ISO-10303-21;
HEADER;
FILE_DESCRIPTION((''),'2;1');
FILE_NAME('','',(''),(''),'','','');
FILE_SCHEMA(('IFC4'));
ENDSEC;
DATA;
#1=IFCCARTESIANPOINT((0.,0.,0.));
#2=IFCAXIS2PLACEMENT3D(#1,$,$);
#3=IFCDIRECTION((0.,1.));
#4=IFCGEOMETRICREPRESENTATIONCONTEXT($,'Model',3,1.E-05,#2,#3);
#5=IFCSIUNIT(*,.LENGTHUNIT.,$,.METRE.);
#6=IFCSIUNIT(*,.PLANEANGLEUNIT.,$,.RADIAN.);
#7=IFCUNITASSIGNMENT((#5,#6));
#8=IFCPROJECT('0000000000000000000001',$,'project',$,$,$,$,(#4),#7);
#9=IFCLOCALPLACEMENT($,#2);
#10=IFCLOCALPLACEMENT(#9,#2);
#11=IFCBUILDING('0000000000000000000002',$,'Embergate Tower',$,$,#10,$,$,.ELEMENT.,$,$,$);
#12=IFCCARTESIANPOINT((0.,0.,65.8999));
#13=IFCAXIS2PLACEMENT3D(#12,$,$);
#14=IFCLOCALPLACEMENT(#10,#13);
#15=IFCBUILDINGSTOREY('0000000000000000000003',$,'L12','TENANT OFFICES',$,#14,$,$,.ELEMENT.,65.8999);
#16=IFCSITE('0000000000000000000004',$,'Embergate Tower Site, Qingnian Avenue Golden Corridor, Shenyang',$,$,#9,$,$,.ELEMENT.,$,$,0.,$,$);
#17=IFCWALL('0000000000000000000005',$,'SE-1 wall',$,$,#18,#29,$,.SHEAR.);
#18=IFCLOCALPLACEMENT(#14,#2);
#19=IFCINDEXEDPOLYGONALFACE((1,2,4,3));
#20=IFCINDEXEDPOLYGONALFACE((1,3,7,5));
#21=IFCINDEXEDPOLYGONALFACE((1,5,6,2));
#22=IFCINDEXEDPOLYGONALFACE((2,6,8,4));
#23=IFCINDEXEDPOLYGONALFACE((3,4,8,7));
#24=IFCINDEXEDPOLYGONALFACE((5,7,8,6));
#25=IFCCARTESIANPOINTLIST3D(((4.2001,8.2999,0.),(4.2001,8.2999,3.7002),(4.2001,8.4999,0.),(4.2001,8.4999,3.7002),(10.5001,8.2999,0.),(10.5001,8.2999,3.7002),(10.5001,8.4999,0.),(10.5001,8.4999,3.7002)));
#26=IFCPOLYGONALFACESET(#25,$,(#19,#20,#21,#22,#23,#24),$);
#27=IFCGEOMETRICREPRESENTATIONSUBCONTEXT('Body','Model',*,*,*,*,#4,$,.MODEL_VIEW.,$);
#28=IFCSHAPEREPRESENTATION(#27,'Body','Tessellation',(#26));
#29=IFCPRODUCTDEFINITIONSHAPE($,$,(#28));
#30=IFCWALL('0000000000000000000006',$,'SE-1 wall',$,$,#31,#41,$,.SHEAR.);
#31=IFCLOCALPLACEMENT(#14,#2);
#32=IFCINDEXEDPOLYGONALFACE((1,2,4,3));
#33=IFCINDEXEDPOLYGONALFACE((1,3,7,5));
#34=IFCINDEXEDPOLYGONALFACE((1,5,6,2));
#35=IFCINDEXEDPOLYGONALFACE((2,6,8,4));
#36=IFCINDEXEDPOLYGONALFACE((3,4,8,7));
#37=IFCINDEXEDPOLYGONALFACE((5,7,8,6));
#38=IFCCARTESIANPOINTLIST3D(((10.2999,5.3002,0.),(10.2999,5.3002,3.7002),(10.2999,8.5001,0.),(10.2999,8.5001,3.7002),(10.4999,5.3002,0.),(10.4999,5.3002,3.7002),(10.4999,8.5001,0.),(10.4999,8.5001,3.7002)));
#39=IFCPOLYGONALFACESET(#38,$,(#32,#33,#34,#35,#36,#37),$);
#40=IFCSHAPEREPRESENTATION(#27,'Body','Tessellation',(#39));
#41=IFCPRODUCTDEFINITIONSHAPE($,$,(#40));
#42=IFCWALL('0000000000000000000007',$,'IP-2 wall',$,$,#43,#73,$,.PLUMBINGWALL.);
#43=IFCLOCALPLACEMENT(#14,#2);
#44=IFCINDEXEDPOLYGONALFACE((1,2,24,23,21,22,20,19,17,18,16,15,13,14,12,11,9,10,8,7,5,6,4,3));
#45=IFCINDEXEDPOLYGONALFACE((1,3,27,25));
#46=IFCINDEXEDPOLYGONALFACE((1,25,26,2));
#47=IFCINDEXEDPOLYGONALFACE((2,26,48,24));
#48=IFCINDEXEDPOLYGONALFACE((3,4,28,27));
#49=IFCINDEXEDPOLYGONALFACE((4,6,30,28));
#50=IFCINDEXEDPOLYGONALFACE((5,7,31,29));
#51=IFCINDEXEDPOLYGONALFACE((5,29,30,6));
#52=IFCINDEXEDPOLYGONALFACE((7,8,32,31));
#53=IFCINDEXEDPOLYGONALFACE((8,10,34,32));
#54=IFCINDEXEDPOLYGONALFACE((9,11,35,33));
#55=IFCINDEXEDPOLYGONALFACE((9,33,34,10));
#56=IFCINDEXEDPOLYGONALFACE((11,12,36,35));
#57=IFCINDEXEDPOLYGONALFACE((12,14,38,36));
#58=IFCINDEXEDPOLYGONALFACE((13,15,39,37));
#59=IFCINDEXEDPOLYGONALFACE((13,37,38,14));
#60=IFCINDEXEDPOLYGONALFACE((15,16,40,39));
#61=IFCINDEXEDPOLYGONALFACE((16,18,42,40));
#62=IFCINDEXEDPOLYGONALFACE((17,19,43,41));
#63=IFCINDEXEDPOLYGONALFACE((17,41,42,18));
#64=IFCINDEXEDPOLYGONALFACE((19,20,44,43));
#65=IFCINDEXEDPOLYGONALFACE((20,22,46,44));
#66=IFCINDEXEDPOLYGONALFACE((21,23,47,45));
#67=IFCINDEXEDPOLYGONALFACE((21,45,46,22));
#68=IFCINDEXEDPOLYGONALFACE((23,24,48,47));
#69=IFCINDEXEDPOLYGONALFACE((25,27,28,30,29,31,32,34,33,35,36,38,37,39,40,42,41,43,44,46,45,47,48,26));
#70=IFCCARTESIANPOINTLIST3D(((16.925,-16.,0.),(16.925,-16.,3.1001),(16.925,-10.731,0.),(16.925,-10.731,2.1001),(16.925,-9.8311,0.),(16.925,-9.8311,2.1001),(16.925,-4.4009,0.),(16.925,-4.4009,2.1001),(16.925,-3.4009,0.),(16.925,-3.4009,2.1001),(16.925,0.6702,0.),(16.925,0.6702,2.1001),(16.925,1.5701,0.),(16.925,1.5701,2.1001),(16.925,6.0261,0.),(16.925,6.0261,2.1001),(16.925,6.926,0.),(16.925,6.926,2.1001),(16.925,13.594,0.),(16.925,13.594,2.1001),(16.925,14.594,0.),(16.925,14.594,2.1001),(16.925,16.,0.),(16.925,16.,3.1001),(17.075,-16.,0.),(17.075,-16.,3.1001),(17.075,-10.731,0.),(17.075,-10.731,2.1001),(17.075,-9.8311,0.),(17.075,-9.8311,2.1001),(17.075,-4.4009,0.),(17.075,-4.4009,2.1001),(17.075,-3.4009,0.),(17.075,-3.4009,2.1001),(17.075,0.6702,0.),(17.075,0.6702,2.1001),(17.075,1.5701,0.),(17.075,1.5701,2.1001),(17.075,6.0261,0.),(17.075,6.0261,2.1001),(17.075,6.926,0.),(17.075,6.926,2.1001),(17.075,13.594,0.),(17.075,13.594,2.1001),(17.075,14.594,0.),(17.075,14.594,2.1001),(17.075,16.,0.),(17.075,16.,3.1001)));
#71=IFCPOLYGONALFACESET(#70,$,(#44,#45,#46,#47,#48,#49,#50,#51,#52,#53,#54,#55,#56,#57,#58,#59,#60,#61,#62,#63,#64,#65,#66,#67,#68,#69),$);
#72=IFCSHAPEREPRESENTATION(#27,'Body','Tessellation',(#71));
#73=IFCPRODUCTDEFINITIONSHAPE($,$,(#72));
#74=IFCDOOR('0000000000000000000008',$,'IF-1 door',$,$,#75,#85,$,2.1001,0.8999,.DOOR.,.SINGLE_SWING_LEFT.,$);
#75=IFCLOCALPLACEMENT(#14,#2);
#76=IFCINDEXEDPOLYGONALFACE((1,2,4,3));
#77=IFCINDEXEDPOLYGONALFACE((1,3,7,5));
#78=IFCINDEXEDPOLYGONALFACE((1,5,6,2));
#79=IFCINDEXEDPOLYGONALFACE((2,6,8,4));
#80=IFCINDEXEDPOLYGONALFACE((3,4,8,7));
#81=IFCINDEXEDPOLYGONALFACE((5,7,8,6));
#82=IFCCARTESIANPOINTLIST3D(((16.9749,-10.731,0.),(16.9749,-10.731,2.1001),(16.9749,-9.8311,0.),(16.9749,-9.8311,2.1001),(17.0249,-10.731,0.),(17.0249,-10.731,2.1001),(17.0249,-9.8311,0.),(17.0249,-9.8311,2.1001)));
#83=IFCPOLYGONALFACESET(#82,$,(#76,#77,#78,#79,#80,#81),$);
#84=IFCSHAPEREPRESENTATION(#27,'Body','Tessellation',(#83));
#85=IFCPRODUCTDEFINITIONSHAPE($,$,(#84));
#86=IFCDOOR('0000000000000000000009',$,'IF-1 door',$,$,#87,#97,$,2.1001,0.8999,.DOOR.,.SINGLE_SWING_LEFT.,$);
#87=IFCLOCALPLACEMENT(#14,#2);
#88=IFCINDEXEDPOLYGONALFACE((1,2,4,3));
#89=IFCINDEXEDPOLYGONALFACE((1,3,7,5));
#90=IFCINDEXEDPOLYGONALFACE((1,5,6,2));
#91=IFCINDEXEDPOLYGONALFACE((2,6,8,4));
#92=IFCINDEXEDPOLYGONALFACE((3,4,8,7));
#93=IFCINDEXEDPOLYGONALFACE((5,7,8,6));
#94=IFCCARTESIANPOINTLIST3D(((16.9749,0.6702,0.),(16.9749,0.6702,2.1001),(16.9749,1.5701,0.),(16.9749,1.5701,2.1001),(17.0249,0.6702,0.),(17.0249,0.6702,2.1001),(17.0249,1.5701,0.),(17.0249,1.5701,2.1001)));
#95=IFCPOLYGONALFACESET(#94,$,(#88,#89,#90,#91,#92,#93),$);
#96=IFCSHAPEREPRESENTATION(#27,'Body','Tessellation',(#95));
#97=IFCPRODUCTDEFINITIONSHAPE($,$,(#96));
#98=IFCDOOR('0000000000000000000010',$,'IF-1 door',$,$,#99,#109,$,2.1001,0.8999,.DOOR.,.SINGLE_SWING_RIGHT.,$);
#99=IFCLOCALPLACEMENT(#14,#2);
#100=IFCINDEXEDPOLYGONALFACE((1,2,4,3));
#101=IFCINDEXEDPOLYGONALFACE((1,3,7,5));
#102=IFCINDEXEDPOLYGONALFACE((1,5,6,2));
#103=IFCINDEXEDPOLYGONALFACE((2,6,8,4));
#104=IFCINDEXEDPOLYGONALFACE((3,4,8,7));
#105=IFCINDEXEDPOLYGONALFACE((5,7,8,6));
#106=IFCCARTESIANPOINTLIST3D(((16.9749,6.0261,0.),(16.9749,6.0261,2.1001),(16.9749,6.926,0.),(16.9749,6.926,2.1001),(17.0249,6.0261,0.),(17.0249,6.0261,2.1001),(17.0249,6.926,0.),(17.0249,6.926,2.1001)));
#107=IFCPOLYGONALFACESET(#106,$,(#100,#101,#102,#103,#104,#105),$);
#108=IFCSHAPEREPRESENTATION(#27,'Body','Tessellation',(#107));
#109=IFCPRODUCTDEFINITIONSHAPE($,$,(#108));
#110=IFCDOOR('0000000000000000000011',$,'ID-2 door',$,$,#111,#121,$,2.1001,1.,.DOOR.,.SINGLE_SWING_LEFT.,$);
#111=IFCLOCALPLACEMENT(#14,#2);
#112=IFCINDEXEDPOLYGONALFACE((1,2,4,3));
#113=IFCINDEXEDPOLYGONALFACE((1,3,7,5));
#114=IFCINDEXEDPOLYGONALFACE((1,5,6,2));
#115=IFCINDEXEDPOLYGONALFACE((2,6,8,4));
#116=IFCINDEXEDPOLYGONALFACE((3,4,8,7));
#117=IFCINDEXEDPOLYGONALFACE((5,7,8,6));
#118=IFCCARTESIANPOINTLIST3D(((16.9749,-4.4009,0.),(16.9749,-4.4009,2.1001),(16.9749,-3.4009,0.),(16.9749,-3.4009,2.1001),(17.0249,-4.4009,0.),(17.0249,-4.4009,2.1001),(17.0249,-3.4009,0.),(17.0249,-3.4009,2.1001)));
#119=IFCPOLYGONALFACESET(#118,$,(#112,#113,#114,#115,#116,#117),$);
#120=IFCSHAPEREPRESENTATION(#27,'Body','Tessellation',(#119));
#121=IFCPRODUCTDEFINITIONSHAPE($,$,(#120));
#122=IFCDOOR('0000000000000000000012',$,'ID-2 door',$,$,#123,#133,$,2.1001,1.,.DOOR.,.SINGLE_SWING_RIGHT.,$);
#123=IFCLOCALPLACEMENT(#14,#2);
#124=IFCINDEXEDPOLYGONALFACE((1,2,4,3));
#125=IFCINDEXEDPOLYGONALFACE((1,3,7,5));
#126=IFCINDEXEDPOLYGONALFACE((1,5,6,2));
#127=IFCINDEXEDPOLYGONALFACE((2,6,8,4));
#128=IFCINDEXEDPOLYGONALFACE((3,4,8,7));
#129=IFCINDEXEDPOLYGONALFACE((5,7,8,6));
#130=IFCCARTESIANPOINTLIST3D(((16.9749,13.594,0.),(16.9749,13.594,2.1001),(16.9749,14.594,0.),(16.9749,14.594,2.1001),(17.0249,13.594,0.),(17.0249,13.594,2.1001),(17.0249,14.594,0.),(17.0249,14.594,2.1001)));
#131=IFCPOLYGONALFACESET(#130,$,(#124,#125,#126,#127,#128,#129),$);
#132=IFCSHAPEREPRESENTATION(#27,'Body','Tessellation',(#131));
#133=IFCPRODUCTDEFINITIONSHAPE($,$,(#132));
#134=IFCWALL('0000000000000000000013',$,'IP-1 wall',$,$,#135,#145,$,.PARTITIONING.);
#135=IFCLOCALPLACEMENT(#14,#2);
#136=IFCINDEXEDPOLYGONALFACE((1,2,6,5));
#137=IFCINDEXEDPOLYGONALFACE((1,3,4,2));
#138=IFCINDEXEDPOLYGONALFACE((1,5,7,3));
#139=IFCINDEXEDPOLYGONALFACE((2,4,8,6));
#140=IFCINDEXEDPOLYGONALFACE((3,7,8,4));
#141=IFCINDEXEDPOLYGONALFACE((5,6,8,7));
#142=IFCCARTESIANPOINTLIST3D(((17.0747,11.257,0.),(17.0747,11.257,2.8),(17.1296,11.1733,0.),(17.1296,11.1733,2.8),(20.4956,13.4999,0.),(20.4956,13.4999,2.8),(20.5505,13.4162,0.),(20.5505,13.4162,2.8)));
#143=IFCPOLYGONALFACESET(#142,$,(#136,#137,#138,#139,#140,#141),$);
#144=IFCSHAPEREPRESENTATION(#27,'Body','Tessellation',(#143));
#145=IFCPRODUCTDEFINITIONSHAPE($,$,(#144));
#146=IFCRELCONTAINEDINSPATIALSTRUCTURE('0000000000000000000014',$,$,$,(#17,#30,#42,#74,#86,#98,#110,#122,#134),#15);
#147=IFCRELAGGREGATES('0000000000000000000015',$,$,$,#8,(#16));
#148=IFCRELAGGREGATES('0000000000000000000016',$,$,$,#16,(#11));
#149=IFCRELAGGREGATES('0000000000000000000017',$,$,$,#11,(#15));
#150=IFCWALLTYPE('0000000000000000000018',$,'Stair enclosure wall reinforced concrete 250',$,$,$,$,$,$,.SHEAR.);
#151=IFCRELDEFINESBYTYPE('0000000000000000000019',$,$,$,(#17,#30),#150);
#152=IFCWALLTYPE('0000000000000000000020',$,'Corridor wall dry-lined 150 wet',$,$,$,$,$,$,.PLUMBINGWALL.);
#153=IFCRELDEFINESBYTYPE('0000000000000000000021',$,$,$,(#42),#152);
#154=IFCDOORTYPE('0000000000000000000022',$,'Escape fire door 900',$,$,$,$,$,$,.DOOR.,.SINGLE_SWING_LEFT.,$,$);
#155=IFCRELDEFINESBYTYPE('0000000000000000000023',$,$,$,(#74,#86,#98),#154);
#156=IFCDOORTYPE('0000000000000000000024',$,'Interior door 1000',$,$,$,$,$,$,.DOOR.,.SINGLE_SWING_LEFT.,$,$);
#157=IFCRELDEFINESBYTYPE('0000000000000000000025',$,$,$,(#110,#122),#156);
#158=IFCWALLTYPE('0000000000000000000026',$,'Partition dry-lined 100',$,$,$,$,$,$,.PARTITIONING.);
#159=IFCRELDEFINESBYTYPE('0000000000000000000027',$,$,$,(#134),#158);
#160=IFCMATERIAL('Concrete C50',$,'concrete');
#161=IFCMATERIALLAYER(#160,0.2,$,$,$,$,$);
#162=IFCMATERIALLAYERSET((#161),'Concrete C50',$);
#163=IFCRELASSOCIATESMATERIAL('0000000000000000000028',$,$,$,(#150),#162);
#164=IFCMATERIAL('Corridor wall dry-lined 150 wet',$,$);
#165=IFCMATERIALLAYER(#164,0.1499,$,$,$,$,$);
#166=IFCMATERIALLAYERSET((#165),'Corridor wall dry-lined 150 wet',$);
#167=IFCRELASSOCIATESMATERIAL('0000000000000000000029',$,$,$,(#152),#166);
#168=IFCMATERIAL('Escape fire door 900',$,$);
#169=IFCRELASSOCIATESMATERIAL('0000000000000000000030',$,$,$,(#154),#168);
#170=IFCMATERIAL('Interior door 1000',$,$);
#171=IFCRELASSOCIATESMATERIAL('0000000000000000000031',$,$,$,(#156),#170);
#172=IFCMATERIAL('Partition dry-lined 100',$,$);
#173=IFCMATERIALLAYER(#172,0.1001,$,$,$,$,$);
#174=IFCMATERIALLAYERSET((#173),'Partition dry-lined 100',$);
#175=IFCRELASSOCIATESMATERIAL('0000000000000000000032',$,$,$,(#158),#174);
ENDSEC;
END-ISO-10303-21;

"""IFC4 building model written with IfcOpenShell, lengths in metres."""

from ifc_helpers import new_model, si_unit, direction, frame, frame_2d, origin, place, context, subcontext, project, spatial, rectangle, extrude, source, transform, mapped, material, layer, layer_set, type_object, element, fill, save


model = new_model("IFC4")

# Units and contexts
model_context = context("Model", 3, precision=1e-05, world=origin(), true_north=direction((0.0, 1.0)))
body_context = subcontext(model_context, "Body", "Model", "MODEL_VIEW")
ifc_project = project(units=[si_unit("LENGTHUNIT", "METRE"), si_unit("PLANEANGLEUNIT", "RADIAN")], contexts=[model_context])

# Site, building, storey
site_placement = place(None, origin())
site = spatial("IfcSite", under=ifc_project, at=site_placement, Name="Embergate Tower Site, Qingnian Avenue Golden Corridor, Shenyang", CompositionType="ELEMENT", RefElevation=0.0)
building_placement = place(site_placement, origin())
building = spatial("IfcBuilding", under=site, at=building_placement, Name="Embergate Tower", CompositionType="ELEMENT")
storey_placement = place(building_placement, frame((0.0, 0.0, 65.8999)))
storey = spatial("IfcBuildingStorey", under=building, at=storey_placement, Name="L12", Description="TENANT OFFICES", CompositionType="ELEMENT", Elevation=65.8999)

# Shared definitions
shared_shape_1 = source(origin(), body_context, "Body", "SweptSolid", [
    extrude(rectangle(XDim=0.8999, YDim=2.1001, at=frame_2d((0.45, 1.05))), frame((0.0, 0.0249, 0.0), z_axis=(0.0, -1.0, 0.0), x_axis=(1.0, 0.0, 0.0)), (0.0, 0.0, 1.0), 0.05),
])

# Shared definitions
ifc_material_1 = material(Name="Concrete C50", Category="concrete")

# Walls
ifc_layer_1 = layer(ifc_material_1, 0.2)
ifc_layer_set_1 = layer_set([ifc_layer_1], Name="Concrete C50")
wall_type_1 = type_object("IfcWallType", Name="Stair enclosure wall reinforced concrete 250", PredefinedType="SHEAR", material=ifc_layer_set_1)
shared_shape_2 = source(origin(), body_context, "Body", "SweptSolid", [
    extrude(rectangle(XDim=6.3, YDim=0.2, at=frame_2d((3.1499, 0.0))), origin(), (0.0, 0.0, 1.0), 3.7002),
])
for number, where, z_axis, x_axis, name in (
    (1, (10.5, 8.3999, 0.0), (0.0, 0.0, 1.0), (-1.0, 0.0, 0.0), "SE-1 wall"),
):
    element("IfcWall", number, at=place(storey_placement, frame(where, z_axis=z_axis, x_axis=x_axis)), inside=storey, type_object=wall_type_1, Name=name, PredefinedType="SHEAR", context=body_context, shape_type="MappedRepresentation", body=[
        mapped(shared_shape_2, transform((0.0, 0.0, 0.0))),
    ])
shared_shape_3 = source(origin(), body_context, "Body", "SweptSolid", [
    extrude(rectangle(XDim=3.2, YDim=0.2, at=frame_2d((1.6001, 0.0))), origin(), (0.0, 0.0, 1.0), 3.7002),
])
wall_1_placement = place(storey_placement, frame((10.3999, 5.3, 0.0), z_axis=(0.0, 0.0, 1.0), x_axis=(0.0, 1.0, 0.0)))
element("IfcWall", 2, at=wall_1_placement, inside=storey, type_object=wall_type_1, Name="SE-1 wall", PredefinedType="SHEAR", context=body_context, shape_type="MappedRepresentation", body=[
    mapped(shared_shape_3, transform((0.0, 0.0, 0.0))),
])

# Wall, openings, doors
ifc_material_2 = material(Name="Corridor wall dry-lined 150 wet")
ifc_layer_2 = layer(ifc_material_2, 0.1499)
ifc_layer_set_2 = layer_set([ifc_layer_2], Name="Corridor wall dry-lined 150 wet")
wall_type_2 = type_object("IfcWallType", Name="Corridor wall dry-lined 150 wet", PredefinedType="PLUMBINGWALL", material=ifc_layer_set_2)
shared_shape_4 = source(origin(), body_context, "Body", "SweptSolid", [
    extrude(rectangle(XDim=32.0, YDim=0.1499, at=frame_2d((16.0, 0.0))), origin(), (0.0, 0.0, 1.0), 3.1001),
])
wall_2_placement = place(storey_placement, frame((17.0, 16.0, 0.0), z_axis=(0.0, 0.0, 1.0), x_axis=(0.0, -1.0, 0.0)))
wall_2 = element("IfcWall", 3, at=wall_2_placement, inside=storey, type_object=wall_type_2, Name="IP-2 wall", PredefinedType="PLUMBINGWALL", context=body_context, shape_type="MappedRepresentation", body=[
    mapped(shared_shape_4, transform((0.0, 0.0, 0.0))),
])
shared_shape_5 = source(origin(), body_context, "Body", "SweptSolid", [
    extrude(rectangle(XDim=0.8999, YDim=2.1001, at=frame_2d((0.45, 1.05))), frame((0.0, 0.085, 0.0), z_axis=(0.0, -1.0, 0.0), x_axis=(1.0, 0.0, 0.0)), (0.0, 0.0, 1.0), 0.1699),
])
opening_1_placement = place(wall_2_placement, frame((25.8311, 0.0, 0.0)))
opening_1 = element("IfcOpeningElement", 4, at=opening_1_placement, cuts=wall_2, PredefinedType="OPENING", context=body_context, shape_type="MappedRepresentation", body=[
    mapped(shared_shape_5, transform((0.0, 0.0, 0.0))),
])
shared_shape_6 = source(origin(), body_context, "Body", "SweptSolid", [
    extrude(rectangle(XDim=1.0, YDim=2.1001, at=frame_2d((0.5, 1.05))), frame((0.0, 0.085, 0.0), z_axis=(0.0, -1.0, 0.0), x_axis=(1.0, 0.0, 0.0)), (0.0, 0.0, 1.0), 0.1699),
])
opening_2_placement = place(wall_2_placement, frame((19.4009, 0.0, 0.0)))
opening_2 = element("IfcOpeningElement", 5, at=opening_2_placement, cuts=wall_2, PredefinedType="OPENING", context=body_context, shape_type="MappedRepresentation", body=[
    mapped(shared_shape_6, transform((0.0, 0.0, 0.0))),
])
opening_3_placement = place(wall_2_placement, frame((14.4299, 0.0, 0.0)))
opening_3 = element("IfcOpeningElement", 6, at=opening_3_placement, cuts=wall_2, PredefinedType="OPENING", context=body_context, shape_type="MappedRepresentation", body=[
    mapped(shared_shape_5, transform((0.0, 0.0, 0.0))),
])
opening_4_placement = place(wall_2_placement, frame((9.074, 0.0, 0.0)))
opening_4 = element("IfcOpeningElement", 7, at=opening_4_placement, cuts=wall_2, PredefinedType="OPENING", context=body_context, shape_type="MappedRepresentation", body=[
    mapped(shared_shape_5, transform((0.0, 0.0, 0.0))),
])
opening_5_placement = place(wall_2_placement, frame((1.406, 0.0, 0.0)))
opening_5 = element("IfcOpeningElement", 8, at=opening_5_placement, cuts=wall_2, PredefinedType="OPENING", context=body_context, shape_type="MappedRepresentation", body=[
    mapped(shared_shape_6, transform((0.0, 0.0, 0.0))),
])
ifc_material_3 = material(Name="Escape fire door 900")
door_type_1 = type_object("IfcDoorType", Name="Escape fire door 900", OperationType="SINGLE_SWING_LEFT", PredefinedType="DOOR", material=ifc_material_3)
door_1_placement = place(opening_1_placement, origin())
door_1 = element("IfcDoor", 9, at=door_1_placement, inside=storey, type_object=door_type_1, Name="IF-1 door", OperationType="SINGLE_SWING_LEFT", OverallHeight=2.1001, OverallWidth=0.8999, PredefinedType="DOOR", context=body_context, shape_type="MappedRepresentation", body=[
    mapped(shared_shape_1, transform((0.0, 0.0, 0.0))),
])
fill(opening_1, door_1)
door_2_placement = place(opening_3_placement, origin())
door_2 = element("IfcDoor", 10, at=door_2_placement, inside=storey, type_object=door_type_1, Name="IF-1 door", OperationType="SINGLE_SWING_LEFT", OverallHeight=2.1001, OverallWidth=0.8999, PredefinedType="DOOR", context=body_context, shape_type="MappedRepresentation", body=[
    mapped(shared_shape_1, transform((0.0, 0.0, 0.0))),
])
fill(opening_3, door_2)
door_3_placement = place(opening_4_placement, origin())
door_3 = element("IfcDoor", 11, at=door_3_placement, inside=storey, type_object=door_type_1, Name="IF-1 door", OperationType="SINGLE_SWING_RIGHT", OverallHeight=2.1001, OverallWidth=0.8999, PredefinedType="DOOR", context=body_context, shape_type="MappedRepresentation", body=[
    mapped(shared_shape_1, transform((0.0, 0.0, 0.0))),
])
fill(opening_4, door_3)
ifc_material_4 = material(Name="Interior door 1000")
door_type_2 = type_object("IfcDoorType", Name="Interior door 1000", OperationType="SINGLE_SWING_LEFT", PredefinedType="DOOR", material=ifc_material_4)
shared_shape_7 = source(origin(), body_context, "Body", "SweptSolid", [
    extrude(rectangle(XDim=1.0, YDim=2.1001, at=frame_2d((0.5, 1.05))), frame((0.0, 0.0249, 0.0), z_axis=(0.0, -1.0, 0.0), x_axis=(1.0, 0.0, 0.0)), (0.0, 0.0, 1.0), 0.05),
])
door_4_placement = place(opening_2_placement, origin())
door_4 = element("IfcDoor", 12, at=door_4_placement, inside=storey, type_object=door_type_2, Name="ID-2 door", OperationType="SINGLE_SWING_LEFT", OverallHeight=2.1001, OverallWidth=1.0, PredefinedType="DOOR", context=body_context, shape_type="MappedRepresentation", body=[
    mapped(shared_shape_7, transform((0.0, 0.0, 0.0))),
])
fill(opening_2, door_4)
door_5_placement = place(opening_5_placement, origin())
door_5 = element("IfcDoor", 13, at=door_5_placement, inside=storey, type_object=door_type_2, Name="ID-2 door", OperationType="SINGLE_SWING_RIGHT", OverallHeight=2.1001, OverallWidth=1.0, PredefinedType="DOOR", context=body_context, shape_type="MappedRepresentation", body=[
    mapped(shared_shape_7, transform((0.0, 0.0, 0.0))),
])
fill(opening_5, door_5)

# Wall
ifc_material_5 = material(Name="Partition dry-lined 100")
ifc_layer_3 = layer(ifc_material_5, 0.1001)
ifc_layer_set_3 = layer_set([ifc_layer_3], Name="Partition dry-lined 100")
wall_type_3 = type_object("IfcWallType", Name="Partition dry-lined 100", PredefinedType="PARTITIONING", material=ifc_layer_set_3)
shared_shape_8 = source(origin(), body_context, "Body", "SweptSolid", [
    extrude(rectangle(XDim=4.0906, YDim=0.1001, at=frame_2d((2.0454, 0.0))), origin(), (0.0, 0.0, 1.0), 2.8),
])
wall_3_placement = place(storey_placement, frame((17.1021, 11.2151, 0.0), z_axis=(0.0, 0.0, 1.0), x_axis=(0.836277, 0.548307, 0.0)))
element("IfcWall", 14, at=wall_3_placement, inside=storey, type_object=wall_type_3, Name="IP-1 wall", PredefinedType="PARTITIONING", context=body_context, shape_type="MappedRepresentation", body=[
    mapped(shared_shape_8, transform((0.0, 0.0, 0.0))),
])

save(model, "model.ifc")
